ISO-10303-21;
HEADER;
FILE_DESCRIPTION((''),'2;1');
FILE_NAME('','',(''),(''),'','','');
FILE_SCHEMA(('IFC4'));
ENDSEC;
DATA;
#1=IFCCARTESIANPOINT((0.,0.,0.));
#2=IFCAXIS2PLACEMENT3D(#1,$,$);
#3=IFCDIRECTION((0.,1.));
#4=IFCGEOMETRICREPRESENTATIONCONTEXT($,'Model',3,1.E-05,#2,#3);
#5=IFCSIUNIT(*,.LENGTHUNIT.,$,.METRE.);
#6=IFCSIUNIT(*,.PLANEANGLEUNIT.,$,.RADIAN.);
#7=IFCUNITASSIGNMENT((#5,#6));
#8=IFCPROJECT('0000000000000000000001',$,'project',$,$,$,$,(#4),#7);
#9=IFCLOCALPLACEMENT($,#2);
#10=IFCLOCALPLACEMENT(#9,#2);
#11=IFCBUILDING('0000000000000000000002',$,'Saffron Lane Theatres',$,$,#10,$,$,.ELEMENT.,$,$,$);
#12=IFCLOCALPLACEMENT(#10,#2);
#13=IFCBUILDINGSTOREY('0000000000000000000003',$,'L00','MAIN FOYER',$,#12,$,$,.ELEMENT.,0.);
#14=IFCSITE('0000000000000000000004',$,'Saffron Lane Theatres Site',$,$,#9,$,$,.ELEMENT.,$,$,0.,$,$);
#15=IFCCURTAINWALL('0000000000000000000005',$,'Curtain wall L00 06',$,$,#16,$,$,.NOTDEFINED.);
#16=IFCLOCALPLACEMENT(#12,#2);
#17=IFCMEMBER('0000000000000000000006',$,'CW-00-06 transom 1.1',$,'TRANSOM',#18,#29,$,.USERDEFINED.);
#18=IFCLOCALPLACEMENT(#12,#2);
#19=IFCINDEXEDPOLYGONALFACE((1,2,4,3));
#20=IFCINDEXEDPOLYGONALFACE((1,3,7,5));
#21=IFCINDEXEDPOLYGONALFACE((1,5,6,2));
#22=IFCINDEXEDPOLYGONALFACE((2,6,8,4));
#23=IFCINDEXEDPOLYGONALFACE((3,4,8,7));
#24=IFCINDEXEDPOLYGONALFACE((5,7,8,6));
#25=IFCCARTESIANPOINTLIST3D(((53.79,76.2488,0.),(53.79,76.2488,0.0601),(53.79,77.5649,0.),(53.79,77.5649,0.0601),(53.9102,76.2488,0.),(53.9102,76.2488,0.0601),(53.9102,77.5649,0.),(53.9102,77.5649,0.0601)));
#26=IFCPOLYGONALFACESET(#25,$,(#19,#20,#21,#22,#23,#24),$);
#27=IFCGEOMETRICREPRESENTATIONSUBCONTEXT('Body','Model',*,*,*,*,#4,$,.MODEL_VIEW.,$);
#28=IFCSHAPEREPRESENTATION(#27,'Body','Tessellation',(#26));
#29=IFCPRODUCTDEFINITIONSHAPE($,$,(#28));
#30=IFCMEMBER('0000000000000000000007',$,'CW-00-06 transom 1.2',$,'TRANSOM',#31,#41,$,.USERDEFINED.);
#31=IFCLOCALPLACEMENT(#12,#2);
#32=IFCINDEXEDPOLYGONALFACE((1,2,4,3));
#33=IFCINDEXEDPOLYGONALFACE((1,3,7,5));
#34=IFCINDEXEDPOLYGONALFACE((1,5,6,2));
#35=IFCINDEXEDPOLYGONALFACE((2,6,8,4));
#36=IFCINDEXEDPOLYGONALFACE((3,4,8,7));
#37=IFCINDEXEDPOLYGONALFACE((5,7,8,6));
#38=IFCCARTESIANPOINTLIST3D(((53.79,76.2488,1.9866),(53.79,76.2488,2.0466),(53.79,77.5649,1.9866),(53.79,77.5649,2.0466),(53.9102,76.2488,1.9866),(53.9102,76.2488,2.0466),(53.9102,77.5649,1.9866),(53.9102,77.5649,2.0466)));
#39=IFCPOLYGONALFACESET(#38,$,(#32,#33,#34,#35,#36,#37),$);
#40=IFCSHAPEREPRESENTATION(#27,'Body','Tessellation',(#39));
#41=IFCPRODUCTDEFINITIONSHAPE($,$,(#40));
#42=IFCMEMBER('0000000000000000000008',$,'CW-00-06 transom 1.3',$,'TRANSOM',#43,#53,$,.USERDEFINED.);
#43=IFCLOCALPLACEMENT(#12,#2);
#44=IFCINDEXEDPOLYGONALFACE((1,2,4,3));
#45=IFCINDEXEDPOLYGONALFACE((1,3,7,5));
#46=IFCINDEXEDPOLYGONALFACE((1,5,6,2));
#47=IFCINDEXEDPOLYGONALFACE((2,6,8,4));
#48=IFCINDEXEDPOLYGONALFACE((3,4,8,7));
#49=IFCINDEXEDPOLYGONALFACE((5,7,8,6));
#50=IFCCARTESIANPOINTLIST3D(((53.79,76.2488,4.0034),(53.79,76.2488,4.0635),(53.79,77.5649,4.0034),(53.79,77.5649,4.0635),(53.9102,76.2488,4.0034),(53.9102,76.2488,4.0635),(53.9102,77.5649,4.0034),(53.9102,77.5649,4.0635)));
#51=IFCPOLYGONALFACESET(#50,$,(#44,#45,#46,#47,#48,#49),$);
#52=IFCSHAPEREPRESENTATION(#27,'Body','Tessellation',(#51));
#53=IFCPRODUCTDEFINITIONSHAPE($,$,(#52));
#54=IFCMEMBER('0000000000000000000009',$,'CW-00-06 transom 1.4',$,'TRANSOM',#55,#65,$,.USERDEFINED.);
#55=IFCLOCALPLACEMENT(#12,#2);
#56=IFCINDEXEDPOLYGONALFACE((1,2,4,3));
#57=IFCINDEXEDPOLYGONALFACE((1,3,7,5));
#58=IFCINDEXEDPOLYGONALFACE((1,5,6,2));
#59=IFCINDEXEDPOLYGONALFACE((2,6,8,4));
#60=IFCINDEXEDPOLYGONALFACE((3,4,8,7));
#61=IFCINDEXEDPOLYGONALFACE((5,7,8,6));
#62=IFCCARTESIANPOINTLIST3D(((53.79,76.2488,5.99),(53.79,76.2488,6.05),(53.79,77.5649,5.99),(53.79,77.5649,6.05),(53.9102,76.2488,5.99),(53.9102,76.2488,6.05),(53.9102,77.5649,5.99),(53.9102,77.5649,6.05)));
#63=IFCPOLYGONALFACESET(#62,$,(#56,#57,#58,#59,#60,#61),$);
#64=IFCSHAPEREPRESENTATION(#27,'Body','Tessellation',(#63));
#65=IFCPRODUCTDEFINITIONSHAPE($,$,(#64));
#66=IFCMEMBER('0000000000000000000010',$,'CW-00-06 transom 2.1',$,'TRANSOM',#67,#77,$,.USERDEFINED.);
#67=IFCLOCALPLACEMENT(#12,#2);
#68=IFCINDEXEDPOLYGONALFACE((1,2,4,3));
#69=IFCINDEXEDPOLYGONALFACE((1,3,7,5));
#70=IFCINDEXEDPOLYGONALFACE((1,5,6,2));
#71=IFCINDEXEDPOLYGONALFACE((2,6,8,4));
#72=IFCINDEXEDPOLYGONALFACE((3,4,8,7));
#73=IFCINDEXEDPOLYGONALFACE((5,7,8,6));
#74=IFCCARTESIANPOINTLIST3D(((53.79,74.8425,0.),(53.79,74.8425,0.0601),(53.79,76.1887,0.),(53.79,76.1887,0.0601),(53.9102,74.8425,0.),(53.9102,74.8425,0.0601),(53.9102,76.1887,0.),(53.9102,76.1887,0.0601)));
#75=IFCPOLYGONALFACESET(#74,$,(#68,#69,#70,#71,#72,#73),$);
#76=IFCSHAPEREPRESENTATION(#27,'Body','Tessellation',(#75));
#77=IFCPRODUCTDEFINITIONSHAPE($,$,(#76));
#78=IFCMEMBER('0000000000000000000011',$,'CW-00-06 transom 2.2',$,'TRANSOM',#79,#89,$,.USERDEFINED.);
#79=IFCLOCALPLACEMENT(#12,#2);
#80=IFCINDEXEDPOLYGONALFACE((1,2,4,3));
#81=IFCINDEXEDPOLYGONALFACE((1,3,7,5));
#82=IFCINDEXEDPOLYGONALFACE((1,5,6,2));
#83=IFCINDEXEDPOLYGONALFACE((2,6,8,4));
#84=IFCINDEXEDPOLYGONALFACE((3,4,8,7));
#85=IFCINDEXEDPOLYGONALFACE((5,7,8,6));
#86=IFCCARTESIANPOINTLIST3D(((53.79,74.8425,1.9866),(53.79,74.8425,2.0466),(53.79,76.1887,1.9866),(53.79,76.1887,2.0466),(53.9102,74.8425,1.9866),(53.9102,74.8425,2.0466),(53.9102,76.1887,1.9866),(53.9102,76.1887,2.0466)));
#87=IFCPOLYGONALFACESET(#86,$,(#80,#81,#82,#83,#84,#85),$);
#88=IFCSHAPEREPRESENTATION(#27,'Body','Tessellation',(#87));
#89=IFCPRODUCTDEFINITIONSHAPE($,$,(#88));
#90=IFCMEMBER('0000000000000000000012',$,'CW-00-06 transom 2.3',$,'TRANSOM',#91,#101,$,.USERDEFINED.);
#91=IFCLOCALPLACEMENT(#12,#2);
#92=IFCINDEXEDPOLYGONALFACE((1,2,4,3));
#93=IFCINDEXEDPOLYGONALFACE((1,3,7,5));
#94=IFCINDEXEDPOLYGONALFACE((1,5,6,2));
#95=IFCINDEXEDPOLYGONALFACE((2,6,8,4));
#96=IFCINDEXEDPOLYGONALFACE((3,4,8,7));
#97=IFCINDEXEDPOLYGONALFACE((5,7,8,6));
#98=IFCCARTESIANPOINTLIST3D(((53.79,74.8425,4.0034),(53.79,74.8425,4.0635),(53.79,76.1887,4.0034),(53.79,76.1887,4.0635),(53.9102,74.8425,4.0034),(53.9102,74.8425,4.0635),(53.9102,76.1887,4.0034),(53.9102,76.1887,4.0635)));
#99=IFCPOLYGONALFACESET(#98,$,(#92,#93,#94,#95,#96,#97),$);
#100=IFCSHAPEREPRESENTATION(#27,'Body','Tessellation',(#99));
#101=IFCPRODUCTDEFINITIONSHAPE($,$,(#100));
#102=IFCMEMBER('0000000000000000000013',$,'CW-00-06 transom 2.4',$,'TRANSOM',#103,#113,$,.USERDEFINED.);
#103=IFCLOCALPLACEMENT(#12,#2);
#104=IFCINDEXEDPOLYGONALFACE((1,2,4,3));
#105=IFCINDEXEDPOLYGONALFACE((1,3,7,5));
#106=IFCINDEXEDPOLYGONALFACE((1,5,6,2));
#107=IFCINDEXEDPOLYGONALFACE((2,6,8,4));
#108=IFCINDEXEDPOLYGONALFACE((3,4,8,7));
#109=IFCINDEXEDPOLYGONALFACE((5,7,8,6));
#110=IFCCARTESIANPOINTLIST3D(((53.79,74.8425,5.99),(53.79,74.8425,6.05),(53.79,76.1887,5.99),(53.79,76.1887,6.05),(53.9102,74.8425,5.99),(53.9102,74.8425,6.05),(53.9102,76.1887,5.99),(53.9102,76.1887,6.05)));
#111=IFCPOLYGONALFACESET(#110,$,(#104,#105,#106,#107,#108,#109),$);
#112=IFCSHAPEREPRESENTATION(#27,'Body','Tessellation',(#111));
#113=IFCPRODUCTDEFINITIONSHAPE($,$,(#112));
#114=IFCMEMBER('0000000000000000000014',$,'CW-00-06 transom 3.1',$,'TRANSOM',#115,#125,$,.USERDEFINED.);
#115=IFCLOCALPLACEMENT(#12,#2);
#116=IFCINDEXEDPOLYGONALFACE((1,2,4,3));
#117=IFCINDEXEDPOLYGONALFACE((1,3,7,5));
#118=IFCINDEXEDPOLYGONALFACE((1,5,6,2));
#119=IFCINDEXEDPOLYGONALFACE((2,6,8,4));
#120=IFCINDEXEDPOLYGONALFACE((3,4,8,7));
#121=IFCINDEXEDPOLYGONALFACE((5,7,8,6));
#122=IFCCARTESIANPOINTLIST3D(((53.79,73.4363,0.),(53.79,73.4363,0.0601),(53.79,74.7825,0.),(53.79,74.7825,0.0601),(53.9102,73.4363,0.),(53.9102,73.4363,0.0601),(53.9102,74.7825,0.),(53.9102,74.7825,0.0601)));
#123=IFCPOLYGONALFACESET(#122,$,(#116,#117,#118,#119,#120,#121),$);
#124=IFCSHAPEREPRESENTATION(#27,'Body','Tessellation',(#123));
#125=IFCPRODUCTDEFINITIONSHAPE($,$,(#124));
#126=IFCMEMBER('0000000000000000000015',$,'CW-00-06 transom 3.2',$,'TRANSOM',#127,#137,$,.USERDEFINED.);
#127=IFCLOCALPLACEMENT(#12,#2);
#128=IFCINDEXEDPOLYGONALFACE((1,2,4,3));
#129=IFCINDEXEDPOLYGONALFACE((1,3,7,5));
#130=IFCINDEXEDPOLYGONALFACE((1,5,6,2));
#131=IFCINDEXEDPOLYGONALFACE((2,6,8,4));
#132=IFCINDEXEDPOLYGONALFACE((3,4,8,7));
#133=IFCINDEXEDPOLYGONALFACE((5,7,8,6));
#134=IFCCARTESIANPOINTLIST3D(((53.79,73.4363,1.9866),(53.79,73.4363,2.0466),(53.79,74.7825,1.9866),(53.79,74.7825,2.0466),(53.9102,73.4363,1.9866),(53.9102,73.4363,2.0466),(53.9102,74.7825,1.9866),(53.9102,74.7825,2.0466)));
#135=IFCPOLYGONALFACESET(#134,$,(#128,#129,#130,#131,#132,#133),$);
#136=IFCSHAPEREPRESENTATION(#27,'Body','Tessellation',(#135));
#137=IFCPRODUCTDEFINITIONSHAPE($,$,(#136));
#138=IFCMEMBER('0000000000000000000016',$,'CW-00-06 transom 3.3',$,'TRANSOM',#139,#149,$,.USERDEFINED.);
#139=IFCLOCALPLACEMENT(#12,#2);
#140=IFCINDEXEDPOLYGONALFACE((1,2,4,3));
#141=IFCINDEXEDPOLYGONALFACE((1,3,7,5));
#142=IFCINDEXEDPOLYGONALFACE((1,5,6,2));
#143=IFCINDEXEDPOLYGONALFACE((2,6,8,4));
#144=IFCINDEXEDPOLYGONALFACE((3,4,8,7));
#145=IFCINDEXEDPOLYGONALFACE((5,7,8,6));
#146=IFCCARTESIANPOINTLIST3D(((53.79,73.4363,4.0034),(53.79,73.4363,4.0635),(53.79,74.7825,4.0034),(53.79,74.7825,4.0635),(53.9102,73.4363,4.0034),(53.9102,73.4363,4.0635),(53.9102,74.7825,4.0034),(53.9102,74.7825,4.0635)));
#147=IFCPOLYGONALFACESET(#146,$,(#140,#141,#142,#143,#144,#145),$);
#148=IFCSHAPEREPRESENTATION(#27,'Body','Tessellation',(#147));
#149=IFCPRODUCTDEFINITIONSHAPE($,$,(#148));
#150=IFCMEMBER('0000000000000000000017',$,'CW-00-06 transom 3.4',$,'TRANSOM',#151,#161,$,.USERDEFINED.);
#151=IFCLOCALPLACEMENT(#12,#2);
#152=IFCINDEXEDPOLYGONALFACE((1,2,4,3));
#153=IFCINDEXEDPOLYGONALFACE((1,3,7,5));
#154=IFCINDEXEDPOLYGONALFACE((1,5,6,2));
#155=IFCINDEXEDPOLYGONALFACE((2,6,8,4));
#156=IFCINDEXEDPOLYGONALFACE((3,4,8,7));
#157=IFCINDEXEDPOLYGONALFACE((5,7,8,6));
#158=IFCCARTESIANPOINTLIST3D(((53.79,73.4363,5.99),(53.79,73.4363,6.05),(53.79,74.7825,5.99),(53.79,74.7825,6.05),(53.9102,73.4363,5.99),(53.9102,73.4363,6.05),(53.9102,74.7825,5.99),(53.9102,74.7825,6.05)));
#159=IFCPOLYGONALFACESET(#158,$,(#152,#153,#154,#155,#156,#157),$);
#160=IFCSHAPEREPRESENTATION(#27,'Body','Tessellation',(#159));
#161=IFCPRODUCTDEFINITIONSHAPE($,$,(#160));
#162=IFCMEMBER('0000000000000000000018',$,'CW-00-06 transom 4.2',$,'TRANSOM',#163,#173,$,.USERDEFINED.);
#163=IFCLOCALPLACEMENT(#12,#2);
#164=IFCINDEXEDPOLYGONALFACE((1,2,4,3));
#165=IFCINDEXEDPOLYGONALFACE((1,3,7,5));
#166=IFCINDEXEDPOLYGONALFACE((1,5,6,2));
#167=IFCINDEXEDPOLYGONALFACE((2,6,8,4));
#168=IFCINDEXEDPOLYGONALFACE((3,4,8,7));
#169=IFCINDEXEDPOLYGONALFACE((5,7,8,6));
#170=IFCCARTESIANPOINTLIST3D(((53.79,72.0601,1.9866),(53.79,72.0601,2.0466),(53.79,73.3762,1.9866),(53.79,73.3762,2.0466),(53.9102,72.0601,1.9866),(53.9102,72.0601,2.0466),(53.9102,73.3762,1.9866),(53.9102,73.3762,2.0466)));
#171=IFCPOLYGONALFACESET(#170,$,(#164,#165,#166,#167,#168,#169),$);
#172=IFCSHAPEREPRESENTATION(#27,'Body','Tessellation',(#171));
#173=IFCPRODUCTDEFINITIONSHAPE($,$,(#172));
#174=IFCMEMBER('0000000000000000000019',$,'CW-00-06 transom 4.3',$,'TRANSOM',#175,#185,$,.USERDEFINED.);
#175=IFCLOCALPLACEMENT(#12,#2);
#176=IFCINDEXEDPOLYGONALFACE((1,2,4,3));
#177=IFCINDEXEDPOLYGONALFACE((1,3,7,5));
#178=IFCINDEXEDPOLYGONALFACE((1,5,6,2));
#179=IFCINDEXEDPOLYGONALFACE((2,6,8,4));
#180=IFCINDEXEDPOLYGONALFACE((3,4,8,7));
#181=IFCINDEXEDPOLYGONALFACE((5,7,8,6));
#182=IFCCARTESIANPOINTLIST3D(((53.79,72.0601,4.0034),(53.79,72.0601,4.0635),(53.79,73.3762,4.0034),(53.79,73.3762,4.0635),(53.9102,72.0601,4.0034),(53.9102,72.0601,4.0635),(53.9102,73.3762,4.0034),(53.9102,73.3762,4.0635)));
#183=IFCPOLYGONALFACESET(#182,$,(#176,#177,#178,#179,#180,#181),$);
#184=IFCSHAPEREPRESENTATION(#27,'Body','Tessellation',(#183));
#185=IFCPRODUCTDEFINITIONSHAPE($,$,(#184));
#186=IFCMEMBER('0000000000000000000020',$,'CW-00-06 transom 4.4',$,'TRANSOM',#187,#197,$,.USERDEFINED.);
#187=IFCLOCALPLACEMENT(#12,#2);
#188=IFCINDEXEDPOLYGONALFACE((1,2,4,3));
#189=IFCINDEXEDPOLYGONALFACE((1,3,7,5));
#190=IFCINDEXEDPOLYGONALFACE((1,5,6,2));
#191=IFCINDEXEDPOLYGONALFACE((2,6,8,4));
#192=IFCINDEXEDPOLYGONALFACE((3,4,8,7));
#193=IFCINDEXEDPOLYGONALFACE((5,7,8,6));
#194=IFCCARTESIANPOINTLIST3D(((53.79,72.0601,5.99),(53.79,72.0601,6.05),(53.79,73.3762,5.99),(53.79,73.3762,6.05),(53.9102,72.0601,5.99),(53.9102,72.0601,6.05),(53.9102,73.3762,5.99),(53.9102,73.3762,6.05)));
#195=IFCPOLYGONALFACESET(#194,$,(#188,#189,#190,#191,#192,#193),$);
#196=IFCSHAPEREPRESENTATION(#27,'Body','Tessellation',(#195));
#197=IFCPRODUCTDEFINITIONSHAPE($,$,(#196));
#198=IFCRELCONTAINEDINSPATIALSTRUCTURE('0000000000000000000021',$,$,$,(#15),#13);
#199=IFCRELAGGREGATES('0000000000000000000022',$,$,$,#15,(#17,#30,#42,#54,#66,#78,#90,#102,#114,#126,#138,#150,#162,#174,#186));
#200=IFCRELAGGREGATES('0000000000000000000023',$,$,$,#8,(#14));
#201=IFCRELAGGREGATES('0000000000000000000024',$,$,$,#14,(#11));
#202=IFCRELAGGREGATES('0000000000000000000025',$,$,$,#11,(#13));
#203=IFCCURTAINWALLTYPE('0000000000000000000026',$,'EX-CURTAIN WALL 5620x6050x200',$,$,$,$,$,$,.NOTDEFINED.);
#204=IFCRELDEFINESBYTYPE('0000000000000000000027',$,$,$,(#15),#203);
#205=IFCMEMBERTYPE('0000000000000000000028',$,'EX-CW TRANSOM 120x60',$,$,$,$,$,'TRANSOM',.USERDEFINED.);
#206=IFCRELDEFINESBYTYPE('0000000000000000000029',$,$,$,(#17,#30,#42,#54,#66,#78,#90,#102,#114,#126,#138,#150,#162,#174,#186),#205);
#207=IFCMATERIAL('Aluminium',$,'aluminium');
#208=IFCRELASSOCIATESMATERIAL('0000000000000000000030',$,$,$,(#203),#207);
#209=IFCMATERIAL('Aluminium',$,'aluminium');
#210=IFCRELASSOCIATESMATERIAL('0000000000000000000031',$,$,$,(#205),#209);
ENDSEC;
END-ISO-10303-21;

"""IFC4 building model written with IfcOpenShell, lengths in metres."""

from ifc_helpers import new_model, si_unit, direction, frame, origin, origin_2d, place, context, subcontext, project, spatial, rectangle, extrude, material, material_profile, profile_set, type_object, element, aggregate, save


model = new_model("IFC4")

# Units and contexts
model_context = context("Model", 3, precision=1e-05, world=origin(), true_north=direction((0.0, 1.0)))
body_context = subcontext(model_context, "Body", "Model", "MODEL_VIEW")
ifc_project = project(units=[si_unit("LENGTHUNIT", "METRE"), si_unit("PLANEANGLEUNIT", "RADIAN")], contexts=[model_context])

# Site, building, storey
site_placement = place(None, origin())
site = spatial("IfcSite", under=ifc_project, at=site_placement, Name="Saffron Lane Theatres Site", CompositionType="ELEMENT", RefElevation=0.0)
building_placement = place(site_placement, origin())
building = spatial("IfcBuilding", under=site, at=building_placement, Name="Saffron Lane Theatres", CompositionType="ELEMENT")
storey_placement = place(building_placement, origin())
storey = spatial("IfcBuildingStorey", under=building, at=storey_placement, Name="L00", Description="MAIN FOYER", CompositionType="ELEMENT", Elevation=0.0)

# Curtain wall, members
ifc_material_1 = material(Name="Aluminium", Category="aluminium")
curtain_wall_type_1 = type_object("IfcCurtainWallType", Name="EX-CURTAIN WALL 5620x6050x200", PredefinedType="NOTDEFINED", material=ifc_material_1)
curtain_wall_1_placement = place(storey_placement, origin())
curtain_wall_1 = element("IfcCurtainWall", 1, at=curtain_wall_1_placement, inside=storey, type_object=curtain_wall_type_1, Name="Curtain wall L00 06", PredefinedType="NOTDEFINED")
ifc_material_2 = material(Name="Aluminium", Category="aluminium")
ifc_material_profile_1 = material_profile(ifc_material_2, rectangle(XDim=0.1201, YDim=0.0601, at=origin_2d()))
ifc_profile_set_1 = profile_set([ifc_material_profile_1], Name="Aluminium")
member_type_1 = type_object("IfcMemberType", Name="EX-CW TRANSOM 120x60", ElementType="TRANSOM", PredefinedType="USERDEFINED", material=ifc_profile_set_1)
member_1_placement = place(storey_placement, frame((53.8501, 77.5649, 0.03), z_axis=(0.0, -1.0, 0.0), x_axis=(1.0, 0.0, 0.0)))
member_1 = element("IfcMember", 2, at=member_1_placement, type_object=member_type_1, Name="CW-00-06 transom 1.1", ObjectType="TRANSOM", PredefinedType="USERDEFINED", context=body_context, shape_type="SweptSolid", body=[
    extrude(rectangle(XDim=0.1201, YDim=0.0601, at=origin_2d()), origin(), (0.0, 0.0, 1.0), 1.3162),
])
member_2_placement = place(storey_placement, frame((53.8501, 77.5649, 2.0166), z_axis=(0.0, -1.0, 0.0), x_axis=(1.0, 0.0, 0.0)))
member_2 = element("IfcMember", 3, at=member_2_placement, type_object=member_type_1, Name="CW-00-06 transom 1.2", ObjectType="TRANSOM", PredefinedType="USERDEFINED", context=body_context, shape_type="SweptSolid", body=[
    extrude(rectangle(XDim=0.1201, YDim=0.0601, at=origin_2d()), origin(), (0.0, 0.0, 1.0), 1.3162),
])
member_3_placement = place(storey_placement, frame((53.8501, 77.5649, 4.0334), z_axis=(0.0, -1.0, 0.0), x_axis=(1.0, 0.0, 0.0)))
member_3 = element("IfcMember", 4, at=member_3_placement, type_object=member_type_1, Name="CW-00-06 transom 1.3", ObjectType="TRANSOM", PredefinedType="USERDEFINED", context=body_context, shape_type="SweptSolid", body=[
    extrude(rectangle(XDim=0.1201, YDim=0.0601, at=origin_2d()), origin(), (0.0, 0.0, 1.0), 1.3162),
])
member_4_placement = place(storey_placement, frame((53.8501, 77.5649, 6.02), z_axis=(0.0, -1.0, 0.0), x_axis=(1.0, 0.0, 0.0)))
member_4 = element("IfcMember", 5, at=member_4_placement, type_object=member_type_1, Name="CW-00-06 transom 1.4", ObjectType="TRANSOM", PredefinedType="USERDEFINED", context=body_context, shape_type="SweptSolid", body=[
    extrude(rectangle(XDim=0.1201, YDim=0.0601, at=origin_2d()), origin(), (0.0, 0.0, 1.0), 1.3162),
])
member_5_placement = place(storey_placement, frame((53.8501, 76.1887, 0.03), z_axis=(0.0, -1.0, 0.0), x_axis=(1.0, 0.0, 0.0)))
member_5 = element("IfcMember", 6, at=member_5_placement, type_object=member_type_1, Name="CW-00-06 transom 2.1", ObjectType="TRANSOM", PredefinedType="USERDEFINED", context=body_context, shape_type="SweptSolid", body=[
    extrude(rectangle(XDim=0.1201, YDim=0.0601, at=origin_2d()), origin(), (0.0, 0.0, 1.0), 1.3462),
])
member_6_placement = place(storey_placement, frame((53.8501, 76.1887, 2.0166), z_axis=(0.0, -1.0, 0.0), x_axis=(1.0, 0.0, 0.0)))
member_6 = element("IfcMember", 7, at=member_6_placement, type_object=member_type_1, Name="CW-00-06 transom 2.2", ObjectType="TRANSOM", PredefinedType="USERDEFINED", context=body_context, shape_type="SweptSolid", body=[
    extrude(rectangle(XDim=0.1201, YDim=0.0601, at=origin_2d()), origin(), (0.0, 0.0, 1.0), 1.3462),
])
member_7_placement = place(storey_placement, frame((53.8501, 76.1887, 4.0334), z_axis=(0.0, -1.0, 0.0), x_axis=(1.0, 0.0, 0.0)))
member_7 = element("IfcMember", 8, at=member_7_placement, type_object=member_type_1, Name="CW-00-06 transom 2.3", ObjectType="TRANSOM", PredefinedType="USERDEFINED", context=body_context, shape_type="SweptSolid", body=[
    extrude(rectangle(XDim=0.1201, YDim=0.0601, at=origin_2d()), origin(), (0.0, 0.0, 1.0), 1.3462),
])
member_8_placement = place(storey_placement, frame((53.8501, 76.1887, 6.02), z_axis=(0.0, -1.0, 0.0), x_axis=(1.0, 0.0, 0.0)))
member_8 = element("IfcMember", 9, at=member_8_placement, type_object=member_type_1, Name="CW-00-06 transom 2.4", ObjectType="TRANSOM", PredefinedType="USERDEFINED", context=body_context, shape_type="SweptSolid", body=[
    extrude(rectangle(XDim=0.1201, YDim=0.0601, at=origin_2d()), origin(), (0.0, 0.0, 1.0), 1.3462),
])
member_9_placement = place(storey_placement, frame((53.8501, 74.7825, 0.03), z_axis=(0.0, -1.0, 0.0), x_axis=(1.0, 0.0, 0.0)))
member_9 = element("IfcMember", 10, at=member_9_placement, type_object=member_type_1, Name="CW-00-06 transom 3.1", ObjectType="TRANSOM", PredefinedType="USERDEFINED", context=body_context, shape_type="SweptSolid", body=[
    extrude(rectangle(XDim=0.1201, YDim=0.0601, at=origin_2d()), origin(), (0.0, 0.0, 1.0), 1.3462),
])
member_10_placement = place(storey_placement, frame((53.8501, 74.7825, 2.0166), z_axis=(0.0, -1.0, 0.0), x_axis=(1.0, 0.0, 0.0)))
member_10 = element("IfcMember", 11, at=member_10_placement, type_object=member_type_1, Name="CW-00-06 transom 3.2", ObjectType="TRANSOM", PredefinedType="USERDEFINED", context=body_context, shape_type="SweptSolid", body=[
    extrude(rectangle(XDim=0.1201, YDim=0.0601, at=origin_2d()), origin(), (0.0, 0.0, 1.0), 1.3462),
])
member_11_placement = place(storey_placement, frame((53.8501, 74.7825, 4.0334), z_axis=(0.0, -1.0, 0.0), x_axis=(1.0, 0.0, 0.0)))
member_11 = element("IfcMember", 12, at=member_11_placement, type_object=member_type_1, Name="CW-00-06 transom 3.3", ObjectType="TRANSOM", PredefinedType="USERDEFINED", context=body_context, shape_type="SweptSolid", body=[
    extrude(rectangle(XDim=0.1201, YDim=0.0601, at=origin_2d()), origin(), (0.0, 0.0, 1.0), 1.3462),
])
member_12_placement = place(storey_placement, frame((53.8501, 74.7825, 6.02), z_axis=(0.0, -1.0, 0.0), x_axis=(1.0, 0.0, 0.0)))
member_12 = element("IfcMember", 13, at=member_12_placement, type_object=member_type_1, Name="CW-00-06 transom 3.4", ObjectType="TRANSOM", PredefinedType="USERDEFINED", context=body_context, shape_type="SweptSolid", body=[
    extrude(rectangle(XDim=0.1201, YDim=0.0601, at=origin_2d()), origin(), (0.0, 0.0, 1.0), 1.3462),
])
member_13_placement = place(storey_placement, frame((53.8501, 73.3762, 2.0166), z_axis=(0.0, -1.0, 0.0), x_axis=(1.0, 0.0, 0.0)))
member_13 = element("IfcMember", 14, at=member_13_placement, type_object=member_type_1, Name="CW-00-06 transom 4.2", ObjectType="TRANSOM", PredefinedType="USERDEFINED", context=body_context, shape_type="SweptSolid", body=[
    extrude(rectangle(XDim=0.1201, YDim=0.0601, at=origin_2d()), origin(), (0.0, 0.0, 1.0), 1.3162),
])
member_14_placement = place(storey_placement, frame((53.8501, 73.3762, 4.0334), z_axis=(0.0, -1.0, 0.0), x_axis=(1.0, 0.0, 0.0)))
member_14 = element("IfcMember", 15, at=member_14_placement, type_object=member_type_1, Name="CW-00-06 transom 4.3", ObjectType="TRANSOM", PredefinedType="USERDEFINED", context=body_context, shape_type="SweptSolid", body=[
    extrude(rectangle(XDim=0.1201, YDim=0.0601, at=origin_2d()), origin(), (0.0, 0.0, 1.0), 1.3162),
])
member_15_placement = place(storey_placement, frame((53.8501, 73.3762, 6.02), z_axis=(0.0, -1.0, 0.0), x_axis=(1.0, 0.0, 0.0)))
member_15 = element("IfcMember", 16, at=member_15_placement, type_object=member_type_1, Name="CW-00-06 transom 4.4", ObjectType="TRANSOM", PredefinedType="USERDEFINED", context=body_context, shape_type="SweptSolid", body=[
    extrude(rectangle(XDim=0.1201, YDim=0.0601, at=origin_2d()), origin(), (0.0, 0.0, 1.0), 1.3162),
])
aggregate(curtain_wall_1, [member_1, member_2, member_3, member_4, member_5, member_6, member_7, member_8, member_9, member_10, member_11, member_12, member_13, member_14, member_15])

save(model, "model.ifc")
